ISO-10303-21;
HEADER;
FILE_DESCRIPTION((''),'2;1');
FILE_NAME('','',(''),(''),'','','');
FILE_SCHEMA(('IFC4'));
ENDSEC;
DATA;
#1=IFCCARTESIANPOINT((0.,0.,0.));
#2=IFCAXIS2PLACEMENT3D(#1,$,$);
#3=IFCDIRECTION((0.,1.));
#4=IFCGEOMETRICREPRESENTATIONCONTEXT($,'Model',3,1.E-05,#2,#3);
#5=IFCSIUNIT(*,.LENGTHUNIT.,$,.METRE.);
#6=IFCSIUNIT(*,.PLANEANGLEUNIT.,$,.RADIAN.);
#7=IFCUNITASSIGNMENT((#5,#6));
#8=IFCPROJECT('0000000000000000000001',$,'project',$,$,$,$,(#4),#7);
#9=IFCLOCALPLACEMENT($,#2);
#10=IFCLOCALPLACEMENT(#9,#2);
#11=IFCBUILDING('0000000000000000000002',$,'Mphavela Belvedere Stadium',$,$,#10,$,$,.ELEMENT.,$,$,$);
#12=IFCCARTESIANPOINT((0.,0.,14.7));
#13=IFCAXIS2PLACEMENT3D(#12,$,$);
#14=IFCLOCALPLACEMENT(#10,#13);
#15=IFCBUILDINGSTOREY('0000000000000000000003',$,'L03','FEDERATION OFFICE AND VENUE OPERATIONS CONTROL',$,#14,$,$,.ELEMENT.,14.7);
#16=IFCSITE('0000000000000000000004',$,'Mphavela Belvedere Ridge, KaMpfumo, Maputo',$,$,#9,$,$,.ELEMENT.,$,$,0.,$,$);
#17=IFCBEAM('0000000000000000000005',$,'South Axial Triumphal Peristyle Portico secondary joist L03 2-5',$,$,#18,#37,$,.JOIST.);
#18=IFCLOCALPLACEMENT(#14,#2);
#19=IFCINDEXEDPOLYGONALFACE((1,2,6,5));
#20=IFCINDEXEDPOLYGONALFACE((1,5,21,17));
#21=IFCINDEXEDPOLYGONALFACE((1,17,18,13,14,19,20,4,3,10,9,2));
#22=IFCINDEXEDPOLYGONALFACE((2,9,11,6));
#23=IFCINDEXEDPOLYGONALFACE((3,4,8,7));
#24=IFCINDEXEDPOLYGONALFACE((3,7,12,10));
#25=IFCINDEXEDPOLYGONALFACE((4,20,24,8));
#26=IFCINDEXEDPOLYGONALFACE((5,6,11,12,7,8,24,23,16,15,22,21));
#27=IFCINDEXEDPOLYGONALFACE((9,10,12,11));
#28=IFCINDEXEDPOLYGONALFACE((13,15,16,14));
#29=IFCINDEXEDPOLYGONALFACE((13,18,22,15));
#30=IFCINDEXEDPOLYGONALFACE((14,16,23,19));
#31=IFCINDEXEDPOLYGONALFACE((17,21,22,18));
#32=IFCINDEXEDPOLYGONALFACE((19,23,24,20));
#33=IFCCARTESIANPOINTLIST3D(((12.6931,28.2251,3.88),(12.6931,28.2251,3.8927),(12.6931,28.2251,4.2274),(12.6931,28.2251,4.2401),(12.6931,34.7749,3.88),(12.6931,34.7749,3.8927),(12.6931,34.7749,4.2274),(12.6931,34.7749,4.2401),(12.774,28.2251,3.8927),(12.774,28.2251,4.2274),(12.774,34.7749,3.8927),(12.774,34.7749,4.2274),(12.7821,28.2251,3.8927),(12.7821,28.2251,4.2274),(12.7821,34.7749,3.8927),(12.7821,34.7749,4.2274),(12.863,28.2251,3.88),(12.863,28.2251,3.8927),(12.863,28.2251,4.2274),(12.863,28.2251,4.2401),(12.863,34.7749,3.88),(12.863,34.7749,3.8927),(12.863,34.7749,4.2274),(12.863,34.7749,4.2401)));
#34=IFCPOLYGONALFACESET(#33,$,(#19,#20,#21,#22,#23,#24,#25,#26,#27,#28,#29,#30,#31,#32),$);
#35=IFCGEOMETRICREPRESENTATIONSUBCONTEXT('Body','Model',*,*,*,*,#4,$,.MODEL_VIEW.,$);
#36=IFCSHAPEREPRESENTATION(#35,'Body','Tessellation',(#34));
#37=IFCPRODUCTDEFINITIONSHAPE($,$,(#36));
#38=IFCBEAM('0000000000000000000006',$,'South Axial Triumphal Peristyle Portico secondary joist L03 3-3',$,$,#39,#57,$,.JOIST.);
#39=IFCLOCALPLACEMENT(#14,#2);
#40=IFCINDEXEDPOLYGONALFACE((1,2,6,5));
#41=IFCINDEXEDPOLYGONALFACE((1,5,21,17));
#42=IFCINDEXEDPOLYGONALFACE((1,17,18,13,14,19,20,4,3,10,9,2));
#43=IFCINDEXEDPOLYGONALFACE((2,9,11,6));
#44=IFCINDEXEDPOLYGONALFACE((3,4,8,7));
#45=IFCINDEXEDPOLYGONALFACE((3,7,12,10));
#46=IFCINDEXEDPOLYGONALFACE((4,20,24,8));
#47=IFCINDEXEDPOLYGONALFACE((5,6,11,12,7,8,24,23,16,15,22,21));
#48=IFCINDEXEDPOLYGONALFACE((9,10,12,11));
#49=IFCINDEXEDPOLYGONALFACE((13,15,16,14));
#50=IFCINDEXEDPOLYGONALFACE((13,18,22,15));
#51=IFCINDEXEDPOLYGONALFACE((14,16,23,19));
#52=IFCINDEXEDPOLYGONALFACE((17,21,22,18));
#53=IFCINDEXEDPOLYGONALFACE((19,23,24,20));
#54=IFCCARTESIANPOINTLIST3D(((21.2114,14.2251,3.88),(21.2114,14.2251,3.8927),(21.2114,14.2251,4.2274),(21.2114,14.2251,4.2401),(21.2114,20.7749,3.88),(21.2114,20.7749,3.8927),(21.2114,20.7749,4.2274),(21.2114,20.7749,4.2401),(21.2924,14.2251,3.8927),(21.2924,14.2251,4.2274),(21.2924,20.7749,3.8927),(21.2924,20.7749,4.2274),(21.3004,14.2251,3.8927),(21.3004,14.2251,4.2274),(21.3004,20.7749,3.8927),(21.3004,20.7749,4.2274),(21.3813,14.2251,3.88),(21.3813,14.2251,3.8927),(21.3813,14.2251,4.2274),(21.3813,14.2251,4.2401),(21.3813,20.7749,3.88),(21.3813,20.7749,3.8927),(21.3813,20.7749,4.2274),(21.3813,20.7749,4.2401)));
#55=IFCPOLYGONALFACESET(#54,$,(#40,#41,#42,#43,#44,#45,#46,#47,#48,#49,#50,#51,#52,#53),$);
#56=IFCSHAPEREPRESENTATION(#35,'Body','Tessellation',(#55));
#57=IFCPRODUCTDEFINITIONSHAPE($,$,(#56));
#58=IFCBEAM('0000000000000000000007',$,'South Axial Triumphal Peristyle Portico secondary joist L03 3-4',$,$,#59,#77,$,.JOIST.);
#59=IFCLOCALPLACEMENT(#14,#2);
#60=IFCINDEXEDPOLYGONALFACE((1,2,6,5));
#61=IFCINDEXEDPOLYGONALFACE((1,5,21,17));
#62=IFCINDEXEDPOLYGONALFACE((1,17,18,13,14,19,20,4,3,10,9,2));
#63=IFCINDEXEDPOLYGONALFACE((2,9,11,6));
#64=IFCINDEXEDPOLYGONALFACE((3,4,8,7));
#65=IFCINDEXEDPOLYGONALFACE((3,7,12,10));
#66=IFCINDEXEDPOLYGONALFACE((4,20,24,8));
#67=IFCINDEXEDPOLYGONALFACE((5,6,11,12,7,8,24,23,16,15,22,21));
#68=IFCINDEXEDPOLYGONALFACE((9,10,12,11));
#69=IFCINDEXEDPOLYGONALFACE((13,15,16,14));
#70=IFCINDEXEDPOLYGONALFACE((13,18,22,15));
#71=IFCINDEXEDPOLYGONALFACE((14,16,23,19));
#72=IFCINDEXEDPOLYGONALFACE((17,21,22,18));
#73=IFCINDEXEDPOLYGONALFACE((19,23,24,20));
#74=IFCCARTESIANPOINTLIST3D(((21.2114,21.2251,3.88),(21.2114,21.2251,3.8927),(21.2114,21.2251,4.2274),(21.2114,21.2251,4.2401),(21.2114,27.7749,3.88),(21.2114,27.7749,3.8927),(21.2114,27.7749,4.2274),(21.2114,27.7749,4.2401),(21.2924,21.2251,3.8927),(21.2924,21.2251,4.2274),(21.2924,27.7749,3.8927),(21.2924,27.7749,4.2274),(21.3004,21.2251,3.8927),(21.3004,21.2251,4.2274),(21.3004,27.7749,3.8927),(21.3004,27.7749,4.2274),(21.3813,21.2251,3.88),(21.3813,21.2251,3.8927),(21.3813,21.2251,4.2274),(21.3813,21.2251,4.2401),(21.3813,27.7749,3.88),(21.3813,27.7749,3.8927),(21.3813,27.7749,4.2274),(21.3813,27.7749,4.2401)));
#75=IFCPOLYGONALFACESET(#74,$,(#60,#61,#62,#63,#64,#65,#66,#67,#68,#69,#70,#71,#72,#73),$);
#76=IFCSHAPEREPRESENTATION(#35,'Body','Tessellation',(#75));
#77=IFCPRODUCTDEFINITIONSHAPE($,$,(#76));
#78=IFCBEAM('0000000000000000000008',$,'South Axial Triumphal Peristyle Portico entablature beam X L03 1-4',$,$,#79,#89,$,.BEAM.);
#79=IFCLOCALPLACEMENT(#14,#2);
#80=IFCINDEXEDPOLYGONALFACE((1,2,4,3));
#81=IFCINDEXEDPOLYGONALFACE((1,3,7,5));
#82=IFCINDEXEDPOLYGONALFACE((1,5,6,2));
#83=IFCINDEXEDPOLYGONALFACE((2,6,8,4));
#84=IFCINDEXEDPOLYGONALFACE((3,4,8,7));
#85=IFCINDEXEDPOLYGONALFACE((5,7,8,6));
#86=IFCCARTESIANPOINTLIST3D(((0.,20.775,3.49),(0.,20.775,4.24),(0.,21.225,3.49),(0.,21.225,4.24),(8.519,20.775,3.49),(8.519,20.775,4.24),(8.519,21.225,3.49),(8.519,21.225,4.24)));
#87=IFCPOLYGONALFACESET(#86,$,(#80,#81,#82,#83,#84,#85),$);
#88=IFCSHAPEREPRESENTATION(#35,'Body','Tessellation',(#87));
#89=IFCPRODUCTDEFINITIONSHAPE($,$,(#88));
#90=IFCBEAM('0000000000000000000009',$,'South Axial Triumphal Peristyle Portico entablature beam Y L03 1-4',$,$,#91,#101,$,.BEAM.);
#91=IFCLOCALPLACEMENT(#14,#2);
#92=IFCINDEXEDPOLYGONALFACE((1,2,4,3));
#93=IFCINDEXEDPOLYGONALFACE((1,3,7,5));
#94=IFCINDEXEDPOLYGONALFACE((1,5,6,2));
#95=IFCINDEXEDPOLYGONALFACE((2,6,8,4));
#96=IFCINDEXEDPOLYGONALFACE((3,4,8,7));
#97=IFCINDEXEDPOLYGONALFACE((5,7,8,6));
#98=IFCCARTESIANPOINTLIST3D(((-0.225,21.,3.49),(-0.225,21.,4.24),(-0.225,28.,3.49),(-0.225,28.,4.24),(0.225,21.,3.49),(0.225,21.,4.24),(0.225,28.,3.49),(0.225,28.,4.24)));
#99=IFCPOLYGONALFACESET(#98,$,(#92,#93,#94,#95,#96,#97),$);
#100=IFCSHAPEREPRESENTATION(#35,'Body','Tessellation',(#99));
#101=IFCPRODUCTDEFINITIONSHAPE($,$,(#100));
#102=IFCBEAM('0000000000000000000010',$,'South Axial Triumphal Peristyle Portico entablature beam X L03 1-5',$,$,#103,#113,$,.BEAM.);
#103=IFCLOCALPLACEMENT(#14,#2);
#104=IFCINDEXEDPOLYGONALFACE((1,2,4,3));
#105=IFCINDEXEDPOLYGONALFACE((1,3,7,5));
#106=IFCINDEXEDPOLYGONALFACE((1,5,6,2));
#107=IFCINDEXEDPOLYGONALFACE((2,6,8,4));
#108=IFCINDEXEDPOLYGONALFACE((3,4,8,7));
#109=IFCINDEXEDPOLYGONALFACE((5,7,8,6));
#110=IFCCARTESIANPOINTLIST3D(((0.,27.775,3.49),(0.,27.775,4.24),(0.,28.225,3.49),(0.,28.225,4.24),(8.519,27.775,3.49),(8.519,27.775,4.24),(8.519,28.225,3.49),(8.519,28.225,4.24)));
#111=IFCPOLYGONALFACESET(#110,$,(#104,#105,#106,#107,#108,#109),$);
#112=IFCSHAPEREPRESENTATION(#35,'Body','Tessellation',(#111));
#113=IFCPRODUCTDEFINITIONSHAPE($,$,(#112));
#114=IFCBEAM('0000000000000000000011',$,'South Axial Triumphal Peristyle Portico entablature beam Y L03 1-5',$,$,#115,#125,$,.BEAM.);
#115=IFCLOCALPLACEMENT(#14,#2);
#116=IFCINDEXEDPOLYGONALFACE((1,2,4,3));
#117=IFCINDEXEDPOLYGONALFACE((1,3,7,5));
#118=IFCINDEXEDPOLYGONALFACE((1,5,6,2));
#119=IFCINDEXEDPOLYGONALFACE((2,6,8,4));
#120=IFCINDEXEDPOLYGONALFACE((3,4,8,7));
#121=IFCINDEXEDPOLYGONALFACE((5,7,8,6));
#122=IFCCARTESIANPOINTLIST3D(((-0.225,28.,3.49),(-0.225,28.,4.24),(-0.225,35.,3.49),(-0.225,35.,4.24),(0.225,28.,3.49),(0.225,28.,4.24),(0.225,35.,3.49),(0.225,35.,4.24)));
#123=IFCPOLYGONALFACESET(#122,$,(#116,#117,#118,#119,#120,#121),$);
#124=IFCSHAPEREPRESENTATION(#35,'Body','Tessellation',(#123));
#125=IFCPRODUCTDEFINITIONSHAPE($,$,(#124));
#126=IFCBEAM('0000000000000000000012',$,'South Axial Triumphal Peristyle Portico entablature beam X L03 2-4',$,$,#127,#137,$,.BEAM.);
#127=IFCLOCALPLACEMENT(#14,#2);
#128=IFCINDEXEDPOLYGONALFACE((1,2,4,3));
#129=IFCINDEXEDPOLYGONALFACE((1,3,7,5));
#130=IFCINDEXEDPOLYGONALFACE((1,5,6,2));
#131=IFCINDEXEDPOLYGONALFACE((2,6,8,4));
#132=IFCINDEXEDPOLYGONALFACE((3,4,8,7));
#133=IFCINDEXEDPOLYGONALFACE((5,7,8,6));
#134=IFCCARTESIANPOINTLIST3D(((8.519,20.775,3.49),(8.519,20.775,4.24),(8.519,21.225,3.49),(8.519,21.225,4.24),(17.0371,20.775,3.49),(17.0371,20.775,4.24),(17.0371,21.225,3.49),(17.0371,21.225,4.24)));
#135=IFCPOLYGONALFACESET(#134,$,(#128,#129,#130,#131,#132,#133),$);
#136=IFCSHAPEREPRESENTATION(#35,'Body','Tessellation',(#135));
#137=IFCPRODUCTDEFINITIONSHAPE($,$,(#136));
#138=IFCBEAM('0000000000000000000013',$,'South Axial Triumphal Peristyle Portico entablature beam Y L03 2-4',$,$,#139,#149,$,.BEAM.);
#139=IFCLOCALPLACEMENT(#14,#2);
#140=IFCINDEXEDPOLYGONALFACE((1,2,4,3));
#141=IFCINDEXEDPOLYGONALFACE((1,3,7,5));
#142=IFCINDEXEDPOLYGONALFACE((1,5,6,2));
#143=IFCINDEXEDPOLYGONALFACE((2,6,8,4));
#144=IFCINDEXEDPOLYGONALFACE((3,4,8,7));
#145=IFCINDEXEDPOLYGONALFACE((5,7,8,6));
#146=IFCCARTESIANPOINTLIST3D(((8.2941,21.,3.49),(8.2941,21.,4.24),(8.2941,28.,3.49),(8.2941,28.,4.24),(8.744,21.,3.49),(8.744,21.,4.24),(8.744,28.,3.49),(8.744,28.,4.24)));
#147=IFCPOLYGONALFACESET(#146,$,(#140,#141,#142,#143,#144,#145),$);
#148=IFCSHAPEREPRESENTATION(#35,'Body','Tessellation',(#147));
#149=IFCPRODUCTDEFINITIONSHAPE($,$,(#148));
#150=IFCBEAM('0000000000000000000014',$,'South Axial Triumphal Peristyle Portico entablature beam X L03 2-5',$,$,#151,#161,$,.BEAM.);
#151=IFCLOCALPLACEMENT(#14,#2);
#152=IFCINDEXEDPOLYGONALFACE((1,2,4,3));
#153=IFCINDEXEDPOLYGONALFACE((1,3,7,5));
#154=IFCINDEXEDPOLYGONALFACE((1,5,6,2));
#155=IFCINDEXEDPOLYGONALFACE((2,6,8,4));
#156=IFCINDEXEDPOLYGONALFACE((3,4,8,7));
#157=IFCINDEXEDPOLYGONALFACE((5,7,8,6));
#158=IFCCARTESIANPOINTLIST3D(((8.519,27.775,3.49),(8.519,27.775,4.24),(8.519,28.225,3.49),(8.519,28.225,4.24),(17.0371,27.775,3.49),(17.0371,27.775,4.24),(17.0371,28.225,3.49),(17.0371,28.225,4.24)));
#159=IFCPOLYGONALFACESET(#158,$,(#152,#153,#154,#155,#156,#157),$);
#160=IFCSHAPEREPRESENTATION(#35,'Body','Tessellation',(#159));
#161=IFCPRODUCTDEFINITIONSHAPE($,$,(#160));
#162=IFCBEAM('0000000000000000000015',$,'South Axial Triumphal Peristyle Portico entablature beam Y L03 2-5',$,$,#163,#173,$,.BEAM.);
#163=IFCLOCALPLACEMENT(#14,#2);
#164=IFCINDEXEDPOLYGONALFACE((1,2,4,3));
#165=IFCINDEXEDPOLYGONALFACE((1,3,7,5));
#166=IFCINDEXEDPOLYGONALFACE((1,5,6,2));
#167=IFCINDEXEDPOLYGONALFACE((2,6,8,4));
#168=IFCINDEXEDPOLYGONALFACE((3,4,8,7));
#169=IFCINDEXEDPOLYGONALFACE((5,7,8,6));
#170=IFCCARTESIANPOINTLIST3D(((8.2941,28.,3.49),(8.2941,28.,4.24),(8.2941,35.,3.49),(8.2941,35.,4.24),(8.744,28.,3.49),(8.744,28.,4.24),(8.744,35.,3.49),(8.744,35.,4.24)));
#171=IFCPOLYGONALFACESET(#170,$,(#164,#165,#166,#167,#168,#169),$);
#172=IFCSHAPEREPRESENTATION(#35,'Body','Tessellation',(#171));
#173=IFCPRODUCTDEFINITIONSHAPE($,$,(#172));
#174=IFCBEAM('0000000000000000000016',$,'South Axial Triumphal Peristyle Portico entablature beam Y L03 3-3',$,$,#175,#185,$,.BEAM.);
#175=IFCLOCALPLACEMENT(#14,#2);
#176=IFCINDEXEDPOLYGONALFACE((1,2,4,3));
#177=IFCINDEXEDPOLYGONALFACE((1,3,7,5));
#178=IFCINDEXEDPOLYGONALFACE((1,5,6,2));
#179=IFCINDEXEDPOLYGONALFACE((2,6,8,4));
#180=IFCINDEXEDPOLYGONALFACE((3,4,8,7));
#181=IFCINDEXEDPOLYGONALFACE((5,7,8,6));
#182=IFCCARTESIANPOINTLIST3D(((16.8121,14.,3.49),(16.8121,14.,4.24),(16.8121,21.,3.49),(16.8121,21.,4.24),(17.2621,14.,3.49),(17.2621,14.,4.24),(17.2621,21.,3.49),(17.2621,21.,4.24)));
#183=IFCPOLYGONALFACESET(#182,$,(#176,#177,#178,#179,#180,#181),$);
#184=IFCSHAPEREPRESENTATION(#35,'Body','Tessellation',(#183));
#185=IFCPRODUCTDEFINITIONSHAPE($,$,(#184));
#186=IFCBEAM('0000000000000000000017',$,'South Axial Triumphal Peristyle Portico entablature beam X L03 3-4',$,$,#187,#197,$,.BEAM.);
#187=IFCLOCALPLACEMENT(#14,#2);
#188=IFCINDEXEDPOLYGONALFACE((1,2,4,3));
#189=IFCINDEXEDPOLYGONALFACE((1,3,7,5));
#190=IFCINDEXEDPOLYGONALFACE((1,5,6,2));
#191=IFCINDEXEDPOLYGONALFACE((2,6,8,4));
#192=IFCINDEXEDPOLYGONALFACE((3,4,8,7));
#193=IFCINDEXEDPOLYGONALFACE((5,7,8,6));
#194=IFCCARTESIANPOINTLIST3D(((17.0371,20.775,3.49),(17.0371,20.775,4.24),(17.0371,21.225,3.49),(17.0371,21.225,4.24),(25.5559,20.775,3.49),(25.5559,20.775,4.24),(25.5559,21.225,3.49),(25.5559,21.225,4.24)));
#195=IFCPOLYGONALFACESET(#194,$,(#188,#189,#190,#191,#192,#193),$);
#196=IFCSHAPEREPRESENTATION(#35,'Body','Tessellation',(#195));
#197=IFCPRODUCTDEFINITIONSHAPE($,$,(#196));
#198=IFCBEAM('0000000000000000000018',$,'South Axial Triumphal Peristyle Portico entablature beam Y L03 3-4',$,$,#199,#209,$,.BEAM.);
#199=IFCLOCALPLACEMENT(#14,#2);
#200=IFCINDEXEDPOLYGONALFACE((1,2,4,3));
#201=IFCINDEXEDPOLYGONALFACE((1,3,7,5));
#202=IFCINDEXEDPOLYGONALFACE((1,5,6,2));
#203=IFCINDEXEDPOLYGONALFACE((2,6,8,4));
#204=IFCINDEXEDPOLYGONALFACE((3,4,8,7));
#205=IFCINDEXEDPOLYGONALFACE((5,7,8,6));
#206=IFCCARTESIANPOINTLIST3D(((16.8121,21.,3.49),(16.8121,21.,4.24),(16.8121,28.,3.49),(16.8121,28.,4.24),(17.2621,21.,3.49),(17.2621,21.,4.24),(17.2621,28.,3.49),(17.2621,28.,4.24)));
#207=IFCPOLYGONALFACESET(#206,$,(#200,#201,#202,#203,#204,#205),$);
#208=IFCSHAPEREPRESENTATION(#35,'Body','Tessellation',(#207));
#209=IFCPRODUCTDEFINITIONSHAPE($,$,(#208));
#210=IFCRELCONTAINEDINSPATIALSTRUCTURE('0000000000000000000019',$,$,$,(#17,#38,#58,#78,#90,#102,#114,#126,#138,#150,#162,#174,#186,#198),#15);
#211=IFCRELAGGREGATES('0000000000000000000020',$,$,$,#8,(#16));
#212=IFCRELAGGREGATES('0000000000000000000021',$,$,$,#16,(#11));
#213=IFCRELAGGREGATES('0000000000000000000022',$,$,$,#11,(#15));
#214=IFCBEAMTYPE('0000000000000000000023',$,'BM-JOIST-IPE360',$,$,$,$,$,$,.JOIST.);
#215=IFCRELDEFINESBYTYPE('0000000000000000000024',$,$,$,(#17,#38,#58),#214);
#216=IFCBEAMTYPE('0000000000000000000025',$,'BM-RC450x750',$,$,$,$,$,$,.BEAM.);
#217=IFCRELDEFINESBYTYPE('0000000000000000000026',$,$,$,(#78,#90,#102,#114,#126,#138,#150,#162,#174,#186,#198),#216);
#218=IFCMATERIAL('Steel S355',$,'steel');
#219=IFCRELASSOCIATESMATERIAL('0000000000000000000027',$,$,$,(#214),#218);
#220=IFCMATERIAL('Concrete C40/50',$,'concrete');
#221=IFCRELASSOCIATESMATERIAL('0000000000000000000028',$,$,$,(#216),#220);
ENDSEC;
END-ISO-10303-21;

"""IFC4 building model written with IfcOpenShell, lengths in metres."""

from ifc_helpers import new_model, si_unit, direction, frame, origin, origin_2d, place, context, subcontext, project, spatial, rectangle, i_section, extrude, material, material_profile, profile_set, type_object, element, save


model = new_model("IFC4")

# Units and contexts
model_context = context("Model", 3, precision=1e-05, world=origin(), true_north=direction((0.0, 1.0)))
body_context = subcontext(model_context, "Body", "Model", "MODEL_VIEW")
ifc_project = project(units=[si_unit("LENGTHUNIT", "METRE"), si_unit("PLANEANGLEUNIT", "RADIAN")], contexts=[model_context])

# Site, building, storey
site_placement = place(None, origin())
site = spatial("IfcSite", under=ifc_project, at=site_placement, Name="Mphavela Belvedere Ridge, KaMpfumo, Maputo", CompositionType="ELEMENT", RefElevation=0.0)
building_placement = place(site_placement, origin())
building = spatial("IfcBuilding", under=site, at=building_placement, Name="Mphavela Belvedere Stadium", CompositionType="ELEMENT")
storey_placement = place(building_placement, frame((0.0, 0.0, 14.7)))
storey = spatial("IfcBuildingStorey", under=building, at=storey_placement, Name="L03", Description="FEDERATION OFFICE AND VENUE OPERATIONS CONTROL", CompositionType="ELEMENT", Elevation=14.7)

# Beams
ifc_material_1 = material(Name="Steel S355", Category="steel")
ifc_material_profile_1 = material_profile(ifc_material_1, i_section(OverallWidth=0.1699, OverallDepth=0.3601, WebThickness=0.0081, FlangeThickness=0.0127, at=origin_2d()), Name="IPE 360")
ifc_profile_set_1 = profile_set([ifc_material_profile_1], Name="Steel S355")
beam_type_1 = type_object("IfcBeamType", Name="BM-JOIST-IPE360", PredefinedType="JOIST", material=ifc_profile_set_1)
for number, where, z_axis, x_axis, name in (
    (1, (12.7781, 28.2251, 4.0601), (0.0, 1.0, 0.0), (-1.0, 0.0, 0.0), "South Axial Triumphal Peristyle Portico secondary joist L03 2-5"),
    (2, (21.2964, 14.2251, 4.0601), (0.0, 1.0, 0.0), (-1.0, 0.0, 0.0), "South Axial Triumphal Peristyle Portico secondary joist L03 3-3"),
    (3, (21.2964, 21.2251, 4.0601), (0.0, 1.0, 0.0), (-1.0, 0.0, 0.0), "South Axial Triumphal Peristyle Portico secondary joist L03 3-4"),
):
    element("IfcBeam", number, at=place(storey_placement, frame(where, z_axis=z_axis, x_axis=x_axis)), inside=storey, type_object=beam_type_1, Name=name, PredefinedType="JOIST", context=body_context, shape_type="SweptSolid", body=[
        extrude(i_section(OverallWidth=0.1699, OverallDepth=0.3601, WebThickness=0.0081, FlangeThickness=0.0127, at=origin_2d()), origin(), (0.0, 0.0, 1.0), 6.5498),
    ])
ifc_material_2 = material(Name="Concrete C40/50", Category="concrete")
ifc_material_profile_2 = material_profile(ifc_material_2, rectangle(XDim=0.45, YDim=0.75, at=origin_2d()), Name="RC 450x750")
ifc_profile_set_2 = profile_set([ifc_material_profile_2], Name="Concrete C40/50")
beam_type_2 = type_object("IfcBeamType", Name="BM-RC450x750", PredefinedType="BEAM", material=ifc_profile_set_2)
beam_1_placement = place(storey_placement, frame((0.0, 21.0, 3.865), z_axis=(1.0, 0.0, 0.0), x_axis=(0.0, 1.0, 0.0)))
element("IfcBeam", 4, at=beam_1_placement, inside=storey, type_object=beam_type_2, Name="South Axial Triumphal Peristyle Portico entablature beam X L03 1-4", PredefinedType="BEAM", context=body_context, shape_type="SweptSolid", body=[
    extrude(rectangle(XDim=0.45, YDim=0.75, at=origin_2d()), origin(), (0.0, 0.0, 1.0), 8.519),
])
beam_2_placement = place(storey_placement, frame((0.0, 21.0, 3.865), z_axis=(0.0, 1.0, 0.0), x_axis=(-1.0, 0.0, 0.0)))
element("IfcBeam", 5, at=beam_2_placement, inside=storey, type_object=beam_type_2, Name="South Axial Triumphal Peristyle Portico entablature beam Y L03 1-4", PredefinedType="BEAM", context=body_context, shape_type="SweptSolid", body=[
    extrude(rectangle(XDim=0.45, YDim=0.75, at=origin_2d()), origin(), (0.0, 0.0, 1.0), 7.0),
])
beam_3_placement = place(storey_placement, frame((0.0, 28.0, 3.865), z_axis=(1.0, 0.0, 0.0), x_axis=(0.0, 1.0, 0.0)))
element("IfcBeam", 6, at=beam_3_placement, inside=storey, type_object=beam_type_2, Name="South Axial Triumphal Peristyle Portico entablature beam X L03 1-5", PredefinedType="BEAM", context=body_context, shape_type="SweptSolid", body=[
    extrude(rectangle(XDim=0.45, YDim=0.75, at=origin_2d()), origin(), (0.0, 0.0, 1.0), 8.519),
])
beam_4_placement = place(storey_placement, frame((0.0, 28.0, 3.865), z_axis=(0.0, 1.0, 0.0), x_axis=(-1.0, 0.0, 0.0)))
element("IfcBeam", 7, at=beam_4_placement, inside=storey, type_object=beam_type_2, Name="South Axial Triumphal Peristyle Portico entablature beam Y L03 1-5", PredefinedType="BEAM", context=body_context, shape_type="SweptSolid", body=[
    extrude(rectangle(XDim=0.45, YDim=0.75, at=origin_2d()), origin(), (0.0, 0.0, 1.0), 7.0),
])
beam_5_placement = place(storey_placement, frame((8.519, 21.0, 3.865), z_axis=(1.0, 0.0, 0.0), x_axis=(0.0, 1.0, 0.0)))
element("IfcBeam", 8, at=beam_5_placement, inside=storey, type_object=beam_type_2, Name="South Axial Triumphal Peristyle Portico entablature beam X L03 2-4", PredefinedType="BEAM", context=body_context, shape_type="SweptSolid", body=[
    extrude(rectangle(XDim=0.45, YDim=0.75, at=origin_2d()), origin(), (0.0, 0.0, 1.0), 8.5181),
])
beam_6_placement = place(storey_placement, frame((8.519, 21.0, 3.865), z_axis=(0.0, 1.0, 0.0), x_axis=(-1.0, 0.0, 0.0)))
element("IfcBeam", 9, at=beam_6_placement, inside=storey, type_object=beam_type_2, Name="South Axial Triumphal Peristyle Portico entablature beam Y L03 2-4", PredefinedType="BEAM", context=body_context, shape_type="SweptSolid", body=[
    extrude(rectangle(XDim=0.45, YDim=0.75, at=origin_2d()), origin(), (0.0, 0.0, 1.0), 7.0),
])
beam_7_placement = place(storey_placement, frame((8.519, 28.0, 3.865), z_axis=(1.0, 0.0, 0.0), x_axis=(0.0, 1.0, 0.0)))
element("IfcBeam", 10, at=beam_7_placement, inside=storey, type_object=beam_type_2, Name="South Axial Triumphal Peristyle Portico entablature beam X L03 2-5", PredefinedType="BEAM", context=body_context, shape_type="SweptSolid", body=[
    extrude(rectangle(XDim=0.45, YDim=0.75, at=origin_2d()), origin(), (0.0, 0.0, 1.0), 8.5181),
])
for number, where, z_axis, x_axis, name in (
    (11, (8.519, 28.0, 3.865), (0.0, 1.0, 0.0), (-1.0, 0.0, 0.0), "South Axial Triumphal Peristyle Portico entablature beam Y L03 2-5"),
    (12, (17.0371, 14.0, 3.865), (0.0, 1.0, 0.0), (-1.0, 0.0, 0.0), "South Axial Triumphal Peristyle Portico entablature beam Y L03 3-3"),
):
    element("IfcBeam", number, at=place(storey_placement, frame(where, z_axis=z_axis, x_axis=x_axis)), inside=storey, type_object=beam_type_2, Name=name, PredefinedType="BEAM", context=body_context, shape_type="SweptSolid", body=[
        extrude(rectangle(XDim=0.45, YDim=0.75, at=origin_2d()), origin(), (0.0, 0.0, 1.0), 7.0),
    ])
beam_8_placement = place(storey_placement, frame((17.0371, 21.0, 3.865), z_axis=(1.0, 0.0, 0.0), x_axis=(0.0, 1.0, 0.0)))
element("IfcBeam", 13, at=beam_8_placement, inside=storey, type_object=beam_type_2, Name="South Axial Triumphal Peristyle Portico entablature beam X L03 3-4", PredefinedType="BEAM", context=body_context, shape_type="SweptSolid", body=[
    extrude(rectangle(XDim=0.45, YDim=0.75, at=origin_2d()), origin(), (0.0, 0.0, 1.0), 8.5188),
])
beam_9_placement = place(storey_placement, frame((17.0371, 21.0, 3.865), z_axis=(0.0, 1.0, 0.0), x_axis=(-1.0, 0.0, 0.0)))
element("IfcBeam", 14, at=beam_9_placement, inside=storey, type_object=beam_type_2, Name="South Axial Triumphal Peristyle Portico entablature beam Y L03 3-4", PredefinedType="BEAM", context=body_context, shape_type="SweptSolid", body=[
    extrude(rectangle(XDim=0.45, YDim=0.75, at=origin_2d()), origin(), (0.0, 0.0, 1.0), 7.0),
])

save(model, "model.ifc")
